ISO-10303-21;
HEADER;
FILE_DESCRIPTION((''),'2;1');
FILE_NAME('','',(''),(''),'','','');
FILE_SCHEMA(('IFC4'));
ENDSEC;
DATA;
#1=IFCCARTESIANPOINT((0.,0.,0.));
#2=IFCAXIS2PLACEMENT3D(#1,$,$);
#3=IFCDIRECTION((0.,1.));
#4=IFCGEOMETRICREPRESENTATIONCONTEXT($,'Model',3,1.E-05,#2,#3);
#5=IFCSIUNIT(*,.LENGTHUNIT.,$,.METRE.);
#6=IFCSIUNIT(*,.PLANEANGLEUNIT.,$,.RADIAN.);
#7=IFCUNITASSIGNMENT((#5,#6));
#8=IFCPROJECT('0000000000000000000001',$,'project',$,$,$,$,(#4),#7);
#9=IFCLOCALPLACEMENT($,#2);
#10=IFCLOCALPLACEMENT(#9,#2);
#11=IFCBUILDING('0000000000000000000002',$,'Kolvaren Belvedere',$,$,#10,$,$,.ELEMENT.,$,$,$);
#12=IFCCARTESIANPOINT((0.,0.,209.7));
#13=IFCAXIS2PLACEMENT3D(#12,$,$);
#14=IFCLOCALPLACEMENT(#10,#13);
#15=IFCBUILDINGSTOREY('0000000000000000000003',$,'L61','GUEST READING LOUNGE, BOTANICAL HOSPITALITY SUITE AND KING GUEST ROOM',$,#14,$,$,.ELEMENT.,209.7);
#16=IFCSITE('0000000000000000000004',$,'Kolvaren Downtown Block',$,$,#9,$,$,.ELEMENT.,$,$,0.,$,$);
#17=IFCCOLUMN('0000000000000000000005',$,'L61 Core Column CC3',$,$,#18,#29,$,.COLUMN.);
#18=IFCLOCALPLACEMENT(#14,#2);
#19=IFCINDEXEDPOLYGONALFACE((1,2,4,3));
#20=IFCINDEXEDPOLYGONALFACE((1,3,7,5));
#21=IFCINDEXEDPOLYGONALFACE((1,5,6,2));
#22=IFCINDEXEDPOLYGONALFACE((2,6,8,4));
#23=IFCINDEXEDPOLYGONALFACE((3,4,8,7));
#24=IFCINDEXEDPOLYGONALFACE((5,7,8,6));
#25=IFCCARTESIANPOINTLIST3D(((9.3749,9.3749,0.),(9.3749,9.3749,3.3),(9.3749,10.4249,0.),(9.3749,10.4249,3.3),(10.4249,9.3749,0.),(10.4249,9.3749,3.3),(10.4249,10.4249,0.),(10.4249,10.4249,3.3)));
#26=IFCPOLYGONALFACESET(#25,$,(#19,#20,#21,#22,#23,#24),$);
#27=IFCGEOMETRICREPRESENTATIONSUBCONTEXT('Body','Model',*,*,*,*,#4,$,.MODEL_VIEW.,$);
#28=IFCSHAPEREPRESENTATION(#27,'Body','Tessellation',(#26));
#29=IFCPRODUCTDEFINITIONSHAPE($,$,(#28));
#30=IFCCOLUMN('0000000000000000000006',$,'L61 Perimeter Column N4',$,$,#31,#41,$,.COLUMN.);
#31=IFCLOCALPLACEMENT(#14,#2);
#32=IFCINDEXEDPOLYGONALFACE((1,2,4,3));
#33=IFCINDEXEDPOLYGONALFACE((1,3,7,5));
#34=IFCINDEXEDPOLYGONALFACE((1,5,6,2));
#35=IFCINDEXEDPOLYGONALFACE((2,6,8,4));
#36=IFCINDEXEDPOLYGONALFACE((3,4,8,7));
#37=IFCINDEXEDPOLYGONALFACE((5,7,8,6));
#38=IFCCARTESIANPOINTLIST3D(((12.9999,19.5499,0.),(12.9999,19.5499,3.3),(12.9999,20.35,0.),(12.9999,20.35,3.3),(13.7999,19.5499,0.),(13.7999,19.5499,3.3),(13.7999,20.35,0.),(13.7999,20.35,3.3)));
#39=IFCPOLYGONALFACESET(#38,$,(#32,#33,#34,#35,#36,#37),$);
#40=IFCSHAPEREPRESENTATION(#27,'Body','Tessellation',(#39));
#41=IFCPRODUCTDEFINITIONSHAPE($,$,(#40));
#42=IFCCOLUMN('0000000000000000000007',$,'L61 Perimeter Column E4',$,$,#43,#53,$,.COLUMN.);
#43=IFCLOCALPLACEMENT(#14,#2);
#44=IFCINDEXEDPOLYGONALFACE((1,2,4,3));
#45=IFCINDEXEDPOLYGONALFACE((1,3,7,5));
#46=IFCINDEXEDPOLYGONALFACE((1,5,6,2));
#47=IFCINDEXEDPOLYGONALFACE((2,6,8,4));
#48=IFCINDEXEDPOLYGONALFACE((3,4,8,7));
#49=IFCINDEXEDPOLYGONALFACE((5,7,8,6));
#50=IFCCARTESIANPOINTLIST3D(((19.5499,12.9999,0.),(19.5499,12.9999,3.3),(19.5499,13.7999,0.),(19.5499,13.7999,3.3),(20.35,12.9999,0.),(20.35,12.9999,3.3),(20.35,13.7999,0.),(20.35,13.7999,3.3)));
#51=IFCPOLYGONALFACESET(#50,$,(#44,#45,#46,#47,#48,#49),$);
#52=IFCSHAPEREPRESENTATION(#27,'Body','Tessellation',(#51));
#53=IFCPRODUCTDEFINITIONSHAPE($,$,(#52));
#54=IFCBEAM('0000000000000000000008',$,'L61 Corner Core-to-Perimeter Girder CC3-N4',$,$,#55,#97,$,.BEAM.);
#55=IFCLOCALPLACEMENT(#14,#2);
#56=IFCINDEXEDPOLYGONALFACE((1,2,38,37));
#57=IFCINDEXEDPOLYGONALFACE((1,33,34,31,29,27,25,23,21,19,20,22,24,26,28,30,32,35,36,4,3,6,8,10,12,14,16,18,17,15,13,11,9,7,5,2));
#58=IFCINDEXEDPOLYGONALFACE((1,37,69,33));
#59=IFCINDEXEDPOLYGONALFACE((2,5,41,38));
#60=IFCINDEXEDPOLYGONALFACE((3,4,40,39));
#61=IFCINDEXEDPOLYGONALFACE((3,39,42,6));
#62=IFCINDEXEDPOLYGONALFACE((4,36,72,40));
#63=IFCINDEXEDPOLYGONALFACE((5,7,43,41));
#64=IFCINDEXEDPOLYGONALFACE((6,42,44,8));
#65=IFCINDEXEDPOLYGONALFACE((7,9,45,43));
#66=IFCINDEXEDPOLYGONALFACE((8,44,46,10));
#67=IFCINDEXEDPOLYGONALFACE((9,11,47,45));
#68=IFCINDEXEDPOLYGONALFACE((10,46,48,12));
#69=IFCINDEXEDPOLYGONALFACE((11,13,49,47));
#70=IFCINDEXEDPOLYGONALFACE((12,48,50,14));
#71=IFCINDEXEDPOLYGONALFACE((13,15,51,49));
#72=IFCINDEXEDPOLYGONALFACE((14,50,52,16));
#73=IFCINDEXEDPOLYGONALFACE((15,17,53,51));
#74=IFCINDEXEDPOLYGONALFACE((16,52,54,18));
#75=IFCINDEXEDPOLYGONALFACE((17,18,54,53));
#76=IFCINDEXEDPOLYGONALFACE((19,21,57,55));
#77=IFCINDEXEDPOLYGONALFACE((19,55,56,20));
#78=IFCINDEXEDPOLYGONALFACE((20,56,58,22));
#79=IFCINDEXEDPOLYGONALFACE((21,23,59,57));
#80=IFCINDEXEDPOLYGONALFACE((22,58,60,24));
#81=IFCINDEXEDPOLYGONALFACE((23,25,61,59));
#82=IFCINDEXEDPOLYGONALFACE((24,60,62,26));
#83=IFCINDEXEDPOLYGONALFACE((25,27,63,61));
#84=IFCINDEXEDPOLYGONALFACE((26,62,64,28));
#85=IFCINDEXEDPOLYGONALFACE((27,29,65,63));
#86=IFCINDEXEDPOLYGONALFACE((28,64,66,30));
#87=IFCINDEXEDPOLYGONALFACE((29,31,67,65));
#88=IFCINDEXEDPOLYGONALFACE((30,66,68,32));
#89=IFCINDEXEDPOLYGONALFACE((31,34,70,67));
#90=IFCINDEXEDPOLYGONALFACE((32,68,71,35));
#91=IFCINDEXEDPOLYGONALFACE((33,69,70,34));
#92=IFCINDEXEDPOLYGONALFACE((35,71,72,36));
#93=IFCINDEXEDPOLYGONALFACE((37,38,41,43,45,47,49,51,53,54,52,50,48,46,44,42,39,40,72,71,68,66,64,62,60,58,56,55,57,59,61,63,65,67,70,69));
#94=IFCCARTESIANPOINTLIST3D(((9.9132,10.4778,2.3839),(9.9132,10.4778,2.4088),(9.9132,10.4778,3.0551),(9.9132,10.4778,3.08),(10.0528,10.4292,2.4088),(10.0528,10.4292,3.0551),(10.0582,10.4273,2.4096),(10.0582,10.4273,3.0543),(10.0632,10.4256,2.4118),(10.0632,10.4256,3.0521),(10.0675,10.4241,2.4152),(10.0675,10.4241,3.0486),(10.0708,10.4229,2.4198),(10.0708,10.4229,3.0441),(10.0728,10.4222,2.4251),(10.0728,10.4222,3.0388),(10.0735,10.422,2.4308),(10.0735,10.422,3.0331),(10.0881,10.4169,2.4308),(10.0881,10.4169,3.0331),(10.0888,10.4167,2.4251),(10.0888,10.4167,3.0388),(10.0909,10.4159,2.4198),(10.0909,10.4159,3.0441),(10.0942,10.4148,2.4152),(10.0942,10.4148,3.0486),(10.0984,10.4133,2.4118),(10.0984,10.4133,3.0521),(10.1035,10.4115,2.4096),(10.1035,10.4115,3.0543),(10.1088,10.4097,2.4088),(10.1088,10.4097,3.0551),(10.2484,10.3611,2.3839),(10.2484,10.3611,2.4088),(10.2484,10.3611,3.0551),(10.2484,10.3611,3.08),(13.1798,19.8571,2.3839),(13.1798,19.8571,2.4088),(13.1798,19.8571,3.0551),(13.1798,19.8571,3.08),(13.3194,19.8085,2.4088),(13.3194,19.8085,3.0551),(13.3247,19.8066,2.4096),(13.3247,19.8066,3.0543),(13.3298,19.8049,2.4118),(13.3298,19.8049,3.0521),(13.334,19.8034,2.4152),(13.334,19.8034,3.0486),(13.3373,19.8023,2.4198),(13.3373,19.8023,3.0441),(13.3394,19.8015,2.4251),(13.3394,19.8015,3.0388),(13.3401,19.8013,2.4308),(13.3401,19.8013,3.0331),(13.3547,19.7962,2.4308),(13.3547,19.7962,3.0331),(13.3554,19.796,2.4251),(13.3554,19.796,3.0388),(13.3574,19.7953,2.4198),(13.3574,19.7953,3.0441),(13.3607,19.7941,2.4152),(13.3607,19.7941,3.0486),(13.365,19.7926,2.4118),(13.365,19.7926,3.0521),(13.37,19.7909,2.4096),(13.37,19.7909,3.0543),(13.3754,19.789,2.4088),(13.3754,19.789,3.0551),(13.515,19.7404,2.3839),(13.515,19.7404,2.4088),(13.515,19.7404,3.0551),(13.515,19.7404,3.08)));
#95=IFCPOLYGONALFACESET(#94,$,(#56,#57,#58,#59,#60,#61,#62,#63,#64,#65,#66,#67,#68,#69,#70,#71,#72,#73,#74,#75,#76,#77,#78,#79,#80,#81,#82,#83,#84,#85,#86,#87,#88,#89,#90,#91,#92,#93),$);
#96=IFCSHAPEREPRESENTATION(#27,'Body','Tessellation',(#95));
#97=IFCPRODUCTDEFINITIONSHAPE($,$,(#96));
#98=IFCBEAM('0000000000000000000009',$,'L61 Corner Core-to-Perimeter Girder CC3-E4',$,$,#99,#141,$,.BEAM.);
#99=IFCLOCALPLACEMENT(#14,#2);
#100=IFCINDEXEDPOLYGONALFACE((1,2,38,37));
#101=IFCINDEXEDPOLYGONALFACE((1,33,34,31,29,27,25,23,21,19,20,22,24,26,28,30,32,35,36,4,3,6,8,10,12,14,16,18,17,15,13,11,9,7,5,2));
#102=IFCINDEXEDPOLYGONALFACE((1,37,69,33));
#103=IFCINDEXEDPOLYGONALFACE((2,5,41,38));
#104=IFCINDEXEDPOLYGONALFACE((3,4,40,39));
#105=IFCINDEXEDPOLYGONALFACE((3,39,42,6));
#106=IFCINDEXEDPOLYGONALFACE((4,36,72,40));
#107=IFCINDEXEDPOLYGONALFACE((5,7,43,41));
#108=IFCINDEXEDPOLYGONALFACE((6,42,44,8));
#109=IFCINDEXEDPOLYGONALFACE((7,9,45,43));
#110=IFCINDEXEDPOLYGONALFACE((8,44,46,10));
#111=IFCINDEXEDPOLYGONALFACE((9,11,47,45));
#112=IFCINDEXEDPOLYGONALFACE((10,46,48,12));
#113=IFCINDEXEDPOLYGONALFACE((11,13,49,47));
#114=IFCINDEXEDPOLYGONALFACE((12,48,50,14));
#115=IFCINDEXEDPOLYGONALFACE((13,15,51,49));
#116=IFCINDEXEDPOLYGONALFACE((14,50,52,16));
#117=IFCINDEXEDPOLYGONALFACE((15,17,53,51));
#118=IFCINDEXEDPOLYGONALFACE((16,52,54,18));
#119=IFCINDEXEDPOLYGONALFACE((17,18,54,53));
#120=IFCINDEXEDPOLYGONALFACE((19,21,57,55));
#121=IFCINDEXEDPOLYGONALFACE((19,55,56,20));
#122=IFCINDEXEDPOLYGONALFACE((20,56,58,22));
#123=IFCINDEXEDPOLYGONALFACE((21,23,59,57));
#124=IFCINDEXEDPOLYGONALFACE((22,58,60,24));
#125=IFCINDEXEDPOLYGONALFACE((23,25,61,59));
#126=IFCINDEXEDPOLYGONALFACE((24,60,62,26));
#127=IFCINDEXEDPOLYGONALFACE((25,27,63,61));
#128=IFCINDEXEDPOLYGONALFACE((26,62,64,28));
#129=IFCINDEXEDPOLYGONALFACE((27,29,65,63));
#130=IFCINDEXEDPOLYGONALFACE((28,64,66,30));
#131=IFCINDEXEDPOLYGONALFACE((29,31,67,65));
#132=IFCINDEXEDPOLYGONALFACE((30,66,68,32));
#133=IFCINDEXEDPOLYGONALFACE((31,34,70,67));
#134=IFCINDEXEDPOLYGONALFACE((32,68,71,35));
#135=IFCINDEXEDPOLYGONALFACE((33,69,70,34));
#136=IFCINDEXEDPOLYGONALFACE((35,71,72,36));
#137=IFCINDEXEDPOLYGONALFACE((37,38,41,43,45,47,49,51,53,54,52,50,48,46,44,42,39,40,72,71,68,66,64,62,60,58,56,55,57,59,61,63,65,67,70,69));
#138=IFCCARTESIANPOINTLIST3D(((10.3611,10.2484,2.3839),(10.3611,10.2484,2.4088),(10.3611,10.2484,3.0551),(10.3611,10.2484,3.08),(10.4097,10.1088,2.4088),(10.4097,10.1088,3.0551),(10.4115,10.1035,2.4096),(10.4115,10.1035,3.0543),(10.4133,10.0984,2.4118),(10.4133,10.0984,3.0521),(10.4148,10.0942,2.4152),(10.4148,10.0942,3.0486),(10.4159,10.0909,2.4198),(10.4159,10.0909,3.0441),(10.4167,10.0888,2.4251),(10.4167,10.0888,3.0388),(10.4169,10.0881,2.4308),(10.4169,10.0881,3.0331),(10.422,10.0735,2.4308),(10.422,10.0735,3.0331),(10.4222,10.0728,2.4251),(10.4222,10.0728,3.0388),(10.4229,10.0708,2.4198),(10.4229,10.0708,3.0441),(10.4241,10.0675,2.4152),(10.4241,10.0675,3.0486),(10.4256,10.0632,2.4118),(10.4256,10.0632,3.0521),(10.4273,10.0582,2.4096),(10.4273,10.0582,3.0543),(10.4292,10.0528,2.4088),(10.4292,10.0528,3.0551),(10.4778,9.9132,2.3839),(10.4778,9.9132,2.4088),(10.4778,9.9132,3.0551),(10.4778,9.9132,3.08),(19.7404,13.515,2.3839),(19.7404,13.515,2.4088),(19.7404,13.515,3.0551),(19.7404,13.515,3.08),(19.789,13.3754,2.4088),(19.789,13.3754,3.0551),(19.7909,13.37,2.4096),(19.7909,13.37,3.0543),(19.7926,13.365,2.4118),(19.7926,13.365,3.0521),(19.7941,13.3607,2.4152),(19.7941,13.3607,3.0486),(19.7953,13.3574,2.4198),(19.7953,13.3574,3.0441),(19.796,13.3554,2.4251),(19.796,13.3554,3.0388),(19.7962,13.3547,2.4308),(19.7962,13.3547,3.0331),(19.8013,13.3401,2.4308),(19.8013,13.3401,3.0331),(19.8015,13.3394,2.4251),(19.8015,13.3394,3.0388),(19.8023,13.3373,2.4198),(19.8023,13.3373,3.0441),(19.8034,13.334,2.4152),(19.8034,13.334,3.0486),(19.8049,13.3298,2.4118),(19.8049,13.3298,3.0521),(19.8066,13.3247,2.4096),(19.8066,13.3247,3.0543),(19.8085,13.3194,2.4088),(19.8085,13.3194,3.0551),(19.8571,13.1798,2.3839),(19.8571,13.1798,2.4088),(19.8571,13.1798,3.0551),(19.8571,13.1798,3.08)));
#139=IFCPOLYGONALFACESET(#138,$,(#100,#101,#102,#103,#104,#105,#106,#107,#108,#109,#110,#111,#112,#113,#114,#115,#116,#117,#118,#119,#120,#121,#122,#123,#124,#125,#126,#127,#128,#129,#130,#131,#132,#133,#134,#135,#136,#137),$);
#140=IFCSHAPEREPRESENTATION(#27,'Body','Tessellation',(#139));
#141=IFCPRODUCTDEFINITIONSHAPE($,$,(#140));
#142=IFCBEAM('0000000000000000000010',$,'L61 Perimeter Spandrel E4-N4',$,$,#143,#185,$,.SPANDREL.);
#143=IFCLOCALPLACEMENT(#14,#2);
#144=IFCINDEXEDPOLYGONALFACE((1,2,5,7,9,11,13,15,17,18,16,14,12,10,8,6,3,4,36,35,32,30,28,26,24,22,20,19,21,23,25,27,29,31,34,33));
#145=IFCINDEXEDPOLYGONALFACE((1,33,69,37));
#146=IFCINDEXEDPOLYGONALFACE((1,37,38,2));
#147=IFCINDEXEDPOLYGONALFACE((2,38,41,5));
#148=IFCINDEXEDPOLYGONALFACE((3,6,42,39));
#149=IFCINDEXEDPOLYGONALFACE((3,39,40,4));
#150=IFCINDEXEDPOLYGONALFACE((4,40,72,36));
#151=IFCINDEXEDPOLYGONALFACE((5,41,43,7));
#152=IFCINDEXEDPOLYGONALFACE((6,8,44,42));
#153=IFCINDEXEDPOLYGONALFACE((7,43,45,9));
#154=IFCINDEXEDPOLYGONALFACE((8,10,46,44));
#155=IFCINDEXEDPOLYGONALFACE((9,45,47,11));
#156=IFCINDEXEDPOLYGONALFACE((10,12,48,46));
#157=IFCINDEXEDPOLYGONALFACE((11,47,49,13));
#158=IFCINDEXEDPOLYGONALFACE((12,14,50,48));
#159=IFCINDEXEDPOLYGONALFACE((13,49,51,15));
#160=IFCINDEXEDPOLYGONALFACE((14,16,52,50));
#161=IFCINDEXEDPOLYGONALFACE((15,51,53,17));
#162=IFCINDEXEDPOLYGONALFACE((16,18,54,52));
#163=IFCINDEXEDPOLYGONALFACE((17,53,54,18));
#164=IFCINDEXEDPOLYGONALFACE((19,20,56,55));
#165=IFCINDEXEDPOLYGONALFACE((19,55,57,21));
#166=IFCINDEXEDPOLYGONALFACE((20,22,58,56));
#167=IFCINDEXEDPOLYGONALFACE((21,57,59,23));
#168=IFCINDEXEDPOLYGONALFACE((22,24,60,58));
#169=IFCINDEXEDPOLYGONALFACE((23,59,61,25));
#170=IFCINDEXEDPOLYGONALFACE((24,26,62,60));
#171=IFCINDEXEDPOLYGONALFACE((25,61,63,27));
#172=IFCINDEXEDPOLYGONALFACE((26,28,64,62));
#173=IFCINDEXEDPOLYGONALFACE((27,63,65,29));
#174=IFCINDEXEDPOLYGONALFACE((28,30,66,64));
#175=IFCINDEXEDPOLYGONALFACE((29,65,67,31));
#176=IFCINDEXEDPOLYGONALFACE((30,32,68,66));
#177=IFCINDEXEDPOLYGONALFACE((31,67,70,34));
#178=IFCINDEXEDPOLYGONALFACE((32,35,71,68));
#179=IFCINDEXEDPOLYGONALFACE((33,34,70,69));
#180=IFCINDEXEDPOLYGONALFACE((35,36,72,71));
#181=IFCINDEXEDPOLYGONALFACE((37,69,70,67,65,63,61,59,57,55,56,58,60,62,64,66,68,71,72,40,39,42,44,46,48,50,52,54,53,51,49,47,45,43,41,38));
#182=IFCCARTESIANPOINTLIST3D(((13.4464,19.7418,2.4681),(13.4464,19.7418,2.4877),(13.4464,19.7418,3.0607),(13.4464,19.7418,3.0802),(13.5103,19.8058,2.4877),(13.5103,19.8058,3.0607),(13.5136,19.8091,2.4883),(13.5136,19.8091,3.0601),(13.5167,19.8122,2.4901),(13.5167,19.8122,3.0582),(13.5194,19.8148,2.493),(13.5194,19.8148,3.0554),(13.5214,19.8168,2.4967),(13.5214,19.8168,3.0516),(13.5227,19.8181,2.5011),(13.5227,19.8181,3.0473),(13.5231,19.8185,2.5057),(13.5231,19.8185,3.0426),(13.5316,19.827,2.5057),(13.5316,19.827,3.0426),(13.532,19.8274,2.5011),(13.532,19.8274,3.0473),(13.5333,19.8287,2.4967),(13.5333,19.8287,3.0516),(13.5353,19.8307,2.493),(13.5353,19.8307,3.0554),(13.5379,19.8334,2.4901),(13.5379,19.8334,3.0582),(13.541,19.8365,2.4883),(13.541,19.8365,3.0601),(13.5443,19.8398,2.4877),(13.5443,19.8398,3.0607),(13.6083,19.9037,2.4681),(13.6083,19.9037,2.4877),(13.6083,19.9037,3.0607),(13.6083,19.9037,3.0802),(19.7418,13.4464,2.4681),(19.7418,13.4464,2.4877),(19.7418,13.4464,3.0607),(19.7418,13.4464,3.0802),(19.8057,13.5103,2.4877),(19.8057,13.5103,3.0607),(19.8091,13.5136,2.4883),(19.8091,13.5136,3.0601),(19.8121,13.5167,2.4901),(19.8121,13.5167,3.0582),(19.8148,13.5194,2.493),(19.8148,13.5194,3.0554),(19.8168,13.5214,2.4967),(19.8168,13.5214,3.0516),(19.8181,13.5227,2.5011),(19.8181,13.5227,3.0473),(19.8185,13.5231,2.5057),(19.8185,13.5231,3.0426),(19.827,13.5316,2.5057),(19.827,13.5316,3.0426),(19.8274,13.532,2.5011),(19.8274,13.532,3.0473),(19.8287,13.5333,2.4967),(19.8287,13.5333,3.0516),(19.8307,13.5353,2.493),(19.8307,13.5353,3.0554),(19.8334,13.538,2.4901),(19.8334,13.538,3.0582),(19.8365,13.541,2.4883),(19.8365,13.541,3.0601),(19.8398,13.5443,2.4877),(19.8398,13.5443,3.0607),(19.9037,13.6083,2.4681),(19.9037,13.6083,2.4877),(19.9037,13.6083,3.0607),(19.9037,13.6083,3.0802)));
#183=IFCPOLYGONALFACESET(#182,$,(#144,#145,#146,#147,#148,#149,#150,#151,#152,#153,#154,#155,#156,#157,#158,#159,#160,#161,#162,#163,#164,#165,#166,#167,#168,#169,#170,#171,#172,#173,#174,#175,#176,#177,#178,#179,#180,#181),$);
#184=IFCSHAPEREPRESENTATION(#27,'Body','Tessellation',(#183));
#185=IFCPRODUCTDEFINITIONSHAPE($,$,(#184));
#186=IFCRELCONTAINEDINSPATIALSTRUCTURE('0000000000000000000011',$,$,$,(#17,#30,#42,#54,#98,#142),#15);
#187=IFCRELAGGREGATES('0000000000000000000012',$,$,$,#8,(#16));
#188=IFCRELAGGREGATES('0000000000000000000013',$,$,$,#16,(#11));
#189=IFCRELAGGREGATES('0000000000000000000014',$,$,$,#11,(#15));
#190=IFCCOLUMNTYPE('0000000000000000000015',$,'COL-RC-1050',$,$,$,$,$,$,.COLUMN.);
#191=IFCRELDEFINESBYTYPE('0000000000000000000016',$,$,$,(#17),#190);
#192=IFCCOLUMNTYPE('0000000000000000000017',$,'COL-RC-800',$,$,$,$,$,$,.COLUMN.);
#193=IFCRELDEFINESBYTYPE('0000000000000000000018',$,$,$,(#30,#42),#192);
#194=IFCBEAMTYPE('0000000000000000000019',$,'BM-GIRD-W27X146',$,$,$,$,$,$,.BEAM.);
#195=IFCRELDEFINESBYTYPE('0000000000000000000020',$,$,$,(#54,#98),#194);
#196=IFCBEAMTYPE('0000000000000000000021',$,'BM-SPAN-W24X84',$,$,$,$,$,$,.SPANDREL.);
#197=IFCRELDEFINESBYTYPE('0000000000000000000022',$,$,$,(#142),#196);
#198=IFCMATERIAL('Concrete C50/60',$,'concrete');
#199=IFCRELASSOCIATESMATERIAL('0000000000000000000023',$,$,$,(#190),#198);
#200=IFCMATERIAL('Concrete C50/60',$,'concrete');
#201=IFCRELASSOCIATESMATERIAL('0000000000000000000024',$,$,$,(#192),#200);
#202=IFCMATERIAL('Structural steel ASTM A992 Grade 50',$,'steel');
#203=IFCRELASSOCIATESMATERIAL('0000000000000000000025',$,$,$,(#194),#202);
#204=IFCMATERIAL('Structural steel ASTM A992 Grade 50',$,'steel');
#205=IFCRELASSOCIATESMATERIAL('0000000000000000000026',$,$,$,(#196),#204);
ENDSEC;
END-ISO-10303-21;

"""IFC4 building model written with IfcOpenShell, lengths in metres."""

from ifc_helpers import new_model, si_unit, direction, frame, origin, origin_2d, place, context, subcontext, project, spatial, rectangle, i_section, extrude, material, material_profile, profile_set, type_object, element, save


model = new_model("IFC4")

# Units and contexts
model_context = context("Model", 3, precision=1e-05, world=origin(), true_north=direction((0.0, 1.0)))
body_context = subcontext(model_context, "Body", "Model", "MODEL_VIEW")
ifc_project = project(units=[si_unit("LENGTHUNIT", "METRE"), si_unit("PLANEANGLEUNIT", "RADIAN")], contexts=[model_context])

# Site, building, storey
site_placement = place(None, origin())
site = spatial("IfcSite", under=ifc_project, at=site_placement, Name="Kolvaren Downtown Block", CompositionType="ELEMENT", RefElevation=0.0)
building_placement = place(site_placement, origin())
building = spatial("IfcBuilding", under=site, at=building_placement, Name="Kolvaren Belvedere", CompositionType="ELEMENT")
storey_placement = place(building_placement, frame((0.0, 0.0, 209.7)))
storey = spatial("IfcBuildingStorey", under=building, at=storey_placement, Name="L61", Description="GUEST READING LOUNGE, BOTANICAL HOSPITALITY SUITE AND KING GUEST ROOM", CompositionType="ELEMENT", Elevation=209.7)

# Columns
ifc_material_1 = material(Name="Concrete C50/60", Category="concrete")
ifc_material_profile_1 = material_profile(ifc_material_1, rectangle(XDim=1.05, YDim=1.05, at=origin_2d()), Name="RC 1050X1050")
ifc_profile_set_1 = profile_set([ifc_material_profile_1], Name="Concrete C50/60")
column_type_1 = type_object("IfcColumnType", Name="COL-RC-1050", PredefinedType="COLUMN", material=ifc_profile_set_1)
column_placement = place(storey_placement, frame((9.8999, 9.8999, 0.0), z_axis=(0.0, 0.0, 1.0), x_axis=(1.0, 0.0, 0.0)))
element("IfcColumn", 1, at=column_placement, inside=storey, type_object=column_type_1, Name="L61 Core Column CC3", PredefinedType="COLUMN", context=body_context, shape_type="SweptSolid", body=[
    extrude(rectangle(XDim=1.05, YDim=1.05, at=origin_2d()), origin(), (0.0, 0.0, 1.0), 3.3),
])
ifc_material_2 = material(Name="Concrete C50/60", Category="concrete")
ifc_material_profile_2 = material_profile(ifc_material_2, rectangle(XDim=0.8, YDim=0.8, at=origin_2d()), Name="RC 800X800")
ifc_profile_set_2 = profile_set([ifc_material_profile_2], Name="Concrete C50/60")
column_type_2 = type_object("IfcColumnType", Name="COL-RC-800", PredefinedType="COLUMN", material=ifc_profile_set_2)
for number, where, z_axis, x_axis, name in (
    (2, (13.3999, 19.95, 0.0), (0.0, 0.0, 1.0), (1.0, 0.0, 0.0), "L61 Perimeter Column N4"),
    (3, (19.95, 13.3999, 0.0), (0.0, 0.0, 1.0), (1.0, 0.0, 0.0), "L61 Perimeter Column E4"),
):
    element("IfcColumn", number, at=place(storey_placement, frame(where, z_axis=z_axis, x_axis=x_axis)), inside=storey, type_object=column_type_2, Name=name, PredefinedType="COLUMN", context=body_context, shape_type="SweptSolid", body=[
        extrude(rectangle(XDim=0.8, YDim=0.8, at=origin_2d()), origin(), (0.0, 0.0, 1.0), 3.3),
    ])

# Beams
ifc_material_3 = material(Name="Structural steel ASTM A992 Grade 50", Category="steel")
ifc_material_profile_3 = material_profile(ifc_material_3, i_section(OverallWidth=0.355, OverallDepth=0.696, WebThickness=0.0154, FlangeThickness=0.0249, FilletRadius=0.022, at=origin_2d()), Name="W27X146")
ifc_profile_set_3 = profile_set([ifc_material_profile_3], Name="Structural steel ASTM A992 Grade 50")
beam_type_1 = type_object("IfcBeamType", Name="BM-GIRD-W27X146", PredefinedType="BEAM", material=ifc_profile_set_3)
for number, where, z_axis, x_axis, name in (
    (4, (10.0808, 10.4194, 2.7319), (0.328898, 0.944365, 0.0), (-0.944365, 0.328898, 0.0), "L61 Corner Core-to-Perimeter Girder CC3-N4"),
    (5, (10.4194, 10.0808, 2.7319), (0.944365, 0.328898, 0.0), (-0.328898, 0.944365, 0.0), "L61 Corner Core-to-Perimeter Girder CC3-E4"),
):
    element("IfcBeam", number, at=place(storey_placement, frame(where, z_axis=z_axis, x_axis=x_axis)), inside=storey, type_object=beam_type_1, Name=name, PredefinedType="BEAM", context=body_context, shape_type="SweptSolid", body=[
        extrude(i_section(OverallWidth=0.355, OverallDepth=0.696, WebThickness=0.0154, FlangeThickness=0.0249, FilletRadius=0.022, at=origin_2d()), origin(), (0.0, 0.0, 1.0), 9.9319),
    ])
ifc_material_4 = material(Name="Structural steel ASTM A992 Grade 50", Category="steel")
ifc_material_profile_4 = material_profile(ifc_material_4, i_section(OverallWidth=0.229, OverallDepth=0.6121, WebThickness=0.012, FlangeThickness=0.0195, FilletRadius=0.0181, at=origin_2d()), Name="W24X84")
ifc_profile_set_4 = profile_set([ifc_material_profile_4], Name="Structural steel ASTM A992 Grade 50")
beam_type_2 = type_object("IfcBeamType", Name="BM-SPAN-W24X84", PredefinedType="SPANDREL", material=ifc_profile_set_4)
beam_1_placement = place(storey_placement, frame((19.8228, 13.5273, 2.7742), z_axis=(-0.707107, 0.707107, 0.0), x_axis=(-0.707107, -0.707107, 0.0)))
element("IfcBeam", 6, at=beam_1_placement, inside=storey, type_object=beam_type_2, Name="L61 Perimeter Spandrel E4-N4", PredefinedType="SPANDREL", context=body_context, shape_type="SweptSolid", body=[
    extrude(i_section(OverallWidth=0.229, OverallDepth=0.6121, WebThickness=0.012, FlangeThickness=0.0195, FilletRadius=0.0181, at=origin_2d()), origin(), (0.0, 0.0, 1.0), 8.9031),
])

save(model, "model.ifc")
